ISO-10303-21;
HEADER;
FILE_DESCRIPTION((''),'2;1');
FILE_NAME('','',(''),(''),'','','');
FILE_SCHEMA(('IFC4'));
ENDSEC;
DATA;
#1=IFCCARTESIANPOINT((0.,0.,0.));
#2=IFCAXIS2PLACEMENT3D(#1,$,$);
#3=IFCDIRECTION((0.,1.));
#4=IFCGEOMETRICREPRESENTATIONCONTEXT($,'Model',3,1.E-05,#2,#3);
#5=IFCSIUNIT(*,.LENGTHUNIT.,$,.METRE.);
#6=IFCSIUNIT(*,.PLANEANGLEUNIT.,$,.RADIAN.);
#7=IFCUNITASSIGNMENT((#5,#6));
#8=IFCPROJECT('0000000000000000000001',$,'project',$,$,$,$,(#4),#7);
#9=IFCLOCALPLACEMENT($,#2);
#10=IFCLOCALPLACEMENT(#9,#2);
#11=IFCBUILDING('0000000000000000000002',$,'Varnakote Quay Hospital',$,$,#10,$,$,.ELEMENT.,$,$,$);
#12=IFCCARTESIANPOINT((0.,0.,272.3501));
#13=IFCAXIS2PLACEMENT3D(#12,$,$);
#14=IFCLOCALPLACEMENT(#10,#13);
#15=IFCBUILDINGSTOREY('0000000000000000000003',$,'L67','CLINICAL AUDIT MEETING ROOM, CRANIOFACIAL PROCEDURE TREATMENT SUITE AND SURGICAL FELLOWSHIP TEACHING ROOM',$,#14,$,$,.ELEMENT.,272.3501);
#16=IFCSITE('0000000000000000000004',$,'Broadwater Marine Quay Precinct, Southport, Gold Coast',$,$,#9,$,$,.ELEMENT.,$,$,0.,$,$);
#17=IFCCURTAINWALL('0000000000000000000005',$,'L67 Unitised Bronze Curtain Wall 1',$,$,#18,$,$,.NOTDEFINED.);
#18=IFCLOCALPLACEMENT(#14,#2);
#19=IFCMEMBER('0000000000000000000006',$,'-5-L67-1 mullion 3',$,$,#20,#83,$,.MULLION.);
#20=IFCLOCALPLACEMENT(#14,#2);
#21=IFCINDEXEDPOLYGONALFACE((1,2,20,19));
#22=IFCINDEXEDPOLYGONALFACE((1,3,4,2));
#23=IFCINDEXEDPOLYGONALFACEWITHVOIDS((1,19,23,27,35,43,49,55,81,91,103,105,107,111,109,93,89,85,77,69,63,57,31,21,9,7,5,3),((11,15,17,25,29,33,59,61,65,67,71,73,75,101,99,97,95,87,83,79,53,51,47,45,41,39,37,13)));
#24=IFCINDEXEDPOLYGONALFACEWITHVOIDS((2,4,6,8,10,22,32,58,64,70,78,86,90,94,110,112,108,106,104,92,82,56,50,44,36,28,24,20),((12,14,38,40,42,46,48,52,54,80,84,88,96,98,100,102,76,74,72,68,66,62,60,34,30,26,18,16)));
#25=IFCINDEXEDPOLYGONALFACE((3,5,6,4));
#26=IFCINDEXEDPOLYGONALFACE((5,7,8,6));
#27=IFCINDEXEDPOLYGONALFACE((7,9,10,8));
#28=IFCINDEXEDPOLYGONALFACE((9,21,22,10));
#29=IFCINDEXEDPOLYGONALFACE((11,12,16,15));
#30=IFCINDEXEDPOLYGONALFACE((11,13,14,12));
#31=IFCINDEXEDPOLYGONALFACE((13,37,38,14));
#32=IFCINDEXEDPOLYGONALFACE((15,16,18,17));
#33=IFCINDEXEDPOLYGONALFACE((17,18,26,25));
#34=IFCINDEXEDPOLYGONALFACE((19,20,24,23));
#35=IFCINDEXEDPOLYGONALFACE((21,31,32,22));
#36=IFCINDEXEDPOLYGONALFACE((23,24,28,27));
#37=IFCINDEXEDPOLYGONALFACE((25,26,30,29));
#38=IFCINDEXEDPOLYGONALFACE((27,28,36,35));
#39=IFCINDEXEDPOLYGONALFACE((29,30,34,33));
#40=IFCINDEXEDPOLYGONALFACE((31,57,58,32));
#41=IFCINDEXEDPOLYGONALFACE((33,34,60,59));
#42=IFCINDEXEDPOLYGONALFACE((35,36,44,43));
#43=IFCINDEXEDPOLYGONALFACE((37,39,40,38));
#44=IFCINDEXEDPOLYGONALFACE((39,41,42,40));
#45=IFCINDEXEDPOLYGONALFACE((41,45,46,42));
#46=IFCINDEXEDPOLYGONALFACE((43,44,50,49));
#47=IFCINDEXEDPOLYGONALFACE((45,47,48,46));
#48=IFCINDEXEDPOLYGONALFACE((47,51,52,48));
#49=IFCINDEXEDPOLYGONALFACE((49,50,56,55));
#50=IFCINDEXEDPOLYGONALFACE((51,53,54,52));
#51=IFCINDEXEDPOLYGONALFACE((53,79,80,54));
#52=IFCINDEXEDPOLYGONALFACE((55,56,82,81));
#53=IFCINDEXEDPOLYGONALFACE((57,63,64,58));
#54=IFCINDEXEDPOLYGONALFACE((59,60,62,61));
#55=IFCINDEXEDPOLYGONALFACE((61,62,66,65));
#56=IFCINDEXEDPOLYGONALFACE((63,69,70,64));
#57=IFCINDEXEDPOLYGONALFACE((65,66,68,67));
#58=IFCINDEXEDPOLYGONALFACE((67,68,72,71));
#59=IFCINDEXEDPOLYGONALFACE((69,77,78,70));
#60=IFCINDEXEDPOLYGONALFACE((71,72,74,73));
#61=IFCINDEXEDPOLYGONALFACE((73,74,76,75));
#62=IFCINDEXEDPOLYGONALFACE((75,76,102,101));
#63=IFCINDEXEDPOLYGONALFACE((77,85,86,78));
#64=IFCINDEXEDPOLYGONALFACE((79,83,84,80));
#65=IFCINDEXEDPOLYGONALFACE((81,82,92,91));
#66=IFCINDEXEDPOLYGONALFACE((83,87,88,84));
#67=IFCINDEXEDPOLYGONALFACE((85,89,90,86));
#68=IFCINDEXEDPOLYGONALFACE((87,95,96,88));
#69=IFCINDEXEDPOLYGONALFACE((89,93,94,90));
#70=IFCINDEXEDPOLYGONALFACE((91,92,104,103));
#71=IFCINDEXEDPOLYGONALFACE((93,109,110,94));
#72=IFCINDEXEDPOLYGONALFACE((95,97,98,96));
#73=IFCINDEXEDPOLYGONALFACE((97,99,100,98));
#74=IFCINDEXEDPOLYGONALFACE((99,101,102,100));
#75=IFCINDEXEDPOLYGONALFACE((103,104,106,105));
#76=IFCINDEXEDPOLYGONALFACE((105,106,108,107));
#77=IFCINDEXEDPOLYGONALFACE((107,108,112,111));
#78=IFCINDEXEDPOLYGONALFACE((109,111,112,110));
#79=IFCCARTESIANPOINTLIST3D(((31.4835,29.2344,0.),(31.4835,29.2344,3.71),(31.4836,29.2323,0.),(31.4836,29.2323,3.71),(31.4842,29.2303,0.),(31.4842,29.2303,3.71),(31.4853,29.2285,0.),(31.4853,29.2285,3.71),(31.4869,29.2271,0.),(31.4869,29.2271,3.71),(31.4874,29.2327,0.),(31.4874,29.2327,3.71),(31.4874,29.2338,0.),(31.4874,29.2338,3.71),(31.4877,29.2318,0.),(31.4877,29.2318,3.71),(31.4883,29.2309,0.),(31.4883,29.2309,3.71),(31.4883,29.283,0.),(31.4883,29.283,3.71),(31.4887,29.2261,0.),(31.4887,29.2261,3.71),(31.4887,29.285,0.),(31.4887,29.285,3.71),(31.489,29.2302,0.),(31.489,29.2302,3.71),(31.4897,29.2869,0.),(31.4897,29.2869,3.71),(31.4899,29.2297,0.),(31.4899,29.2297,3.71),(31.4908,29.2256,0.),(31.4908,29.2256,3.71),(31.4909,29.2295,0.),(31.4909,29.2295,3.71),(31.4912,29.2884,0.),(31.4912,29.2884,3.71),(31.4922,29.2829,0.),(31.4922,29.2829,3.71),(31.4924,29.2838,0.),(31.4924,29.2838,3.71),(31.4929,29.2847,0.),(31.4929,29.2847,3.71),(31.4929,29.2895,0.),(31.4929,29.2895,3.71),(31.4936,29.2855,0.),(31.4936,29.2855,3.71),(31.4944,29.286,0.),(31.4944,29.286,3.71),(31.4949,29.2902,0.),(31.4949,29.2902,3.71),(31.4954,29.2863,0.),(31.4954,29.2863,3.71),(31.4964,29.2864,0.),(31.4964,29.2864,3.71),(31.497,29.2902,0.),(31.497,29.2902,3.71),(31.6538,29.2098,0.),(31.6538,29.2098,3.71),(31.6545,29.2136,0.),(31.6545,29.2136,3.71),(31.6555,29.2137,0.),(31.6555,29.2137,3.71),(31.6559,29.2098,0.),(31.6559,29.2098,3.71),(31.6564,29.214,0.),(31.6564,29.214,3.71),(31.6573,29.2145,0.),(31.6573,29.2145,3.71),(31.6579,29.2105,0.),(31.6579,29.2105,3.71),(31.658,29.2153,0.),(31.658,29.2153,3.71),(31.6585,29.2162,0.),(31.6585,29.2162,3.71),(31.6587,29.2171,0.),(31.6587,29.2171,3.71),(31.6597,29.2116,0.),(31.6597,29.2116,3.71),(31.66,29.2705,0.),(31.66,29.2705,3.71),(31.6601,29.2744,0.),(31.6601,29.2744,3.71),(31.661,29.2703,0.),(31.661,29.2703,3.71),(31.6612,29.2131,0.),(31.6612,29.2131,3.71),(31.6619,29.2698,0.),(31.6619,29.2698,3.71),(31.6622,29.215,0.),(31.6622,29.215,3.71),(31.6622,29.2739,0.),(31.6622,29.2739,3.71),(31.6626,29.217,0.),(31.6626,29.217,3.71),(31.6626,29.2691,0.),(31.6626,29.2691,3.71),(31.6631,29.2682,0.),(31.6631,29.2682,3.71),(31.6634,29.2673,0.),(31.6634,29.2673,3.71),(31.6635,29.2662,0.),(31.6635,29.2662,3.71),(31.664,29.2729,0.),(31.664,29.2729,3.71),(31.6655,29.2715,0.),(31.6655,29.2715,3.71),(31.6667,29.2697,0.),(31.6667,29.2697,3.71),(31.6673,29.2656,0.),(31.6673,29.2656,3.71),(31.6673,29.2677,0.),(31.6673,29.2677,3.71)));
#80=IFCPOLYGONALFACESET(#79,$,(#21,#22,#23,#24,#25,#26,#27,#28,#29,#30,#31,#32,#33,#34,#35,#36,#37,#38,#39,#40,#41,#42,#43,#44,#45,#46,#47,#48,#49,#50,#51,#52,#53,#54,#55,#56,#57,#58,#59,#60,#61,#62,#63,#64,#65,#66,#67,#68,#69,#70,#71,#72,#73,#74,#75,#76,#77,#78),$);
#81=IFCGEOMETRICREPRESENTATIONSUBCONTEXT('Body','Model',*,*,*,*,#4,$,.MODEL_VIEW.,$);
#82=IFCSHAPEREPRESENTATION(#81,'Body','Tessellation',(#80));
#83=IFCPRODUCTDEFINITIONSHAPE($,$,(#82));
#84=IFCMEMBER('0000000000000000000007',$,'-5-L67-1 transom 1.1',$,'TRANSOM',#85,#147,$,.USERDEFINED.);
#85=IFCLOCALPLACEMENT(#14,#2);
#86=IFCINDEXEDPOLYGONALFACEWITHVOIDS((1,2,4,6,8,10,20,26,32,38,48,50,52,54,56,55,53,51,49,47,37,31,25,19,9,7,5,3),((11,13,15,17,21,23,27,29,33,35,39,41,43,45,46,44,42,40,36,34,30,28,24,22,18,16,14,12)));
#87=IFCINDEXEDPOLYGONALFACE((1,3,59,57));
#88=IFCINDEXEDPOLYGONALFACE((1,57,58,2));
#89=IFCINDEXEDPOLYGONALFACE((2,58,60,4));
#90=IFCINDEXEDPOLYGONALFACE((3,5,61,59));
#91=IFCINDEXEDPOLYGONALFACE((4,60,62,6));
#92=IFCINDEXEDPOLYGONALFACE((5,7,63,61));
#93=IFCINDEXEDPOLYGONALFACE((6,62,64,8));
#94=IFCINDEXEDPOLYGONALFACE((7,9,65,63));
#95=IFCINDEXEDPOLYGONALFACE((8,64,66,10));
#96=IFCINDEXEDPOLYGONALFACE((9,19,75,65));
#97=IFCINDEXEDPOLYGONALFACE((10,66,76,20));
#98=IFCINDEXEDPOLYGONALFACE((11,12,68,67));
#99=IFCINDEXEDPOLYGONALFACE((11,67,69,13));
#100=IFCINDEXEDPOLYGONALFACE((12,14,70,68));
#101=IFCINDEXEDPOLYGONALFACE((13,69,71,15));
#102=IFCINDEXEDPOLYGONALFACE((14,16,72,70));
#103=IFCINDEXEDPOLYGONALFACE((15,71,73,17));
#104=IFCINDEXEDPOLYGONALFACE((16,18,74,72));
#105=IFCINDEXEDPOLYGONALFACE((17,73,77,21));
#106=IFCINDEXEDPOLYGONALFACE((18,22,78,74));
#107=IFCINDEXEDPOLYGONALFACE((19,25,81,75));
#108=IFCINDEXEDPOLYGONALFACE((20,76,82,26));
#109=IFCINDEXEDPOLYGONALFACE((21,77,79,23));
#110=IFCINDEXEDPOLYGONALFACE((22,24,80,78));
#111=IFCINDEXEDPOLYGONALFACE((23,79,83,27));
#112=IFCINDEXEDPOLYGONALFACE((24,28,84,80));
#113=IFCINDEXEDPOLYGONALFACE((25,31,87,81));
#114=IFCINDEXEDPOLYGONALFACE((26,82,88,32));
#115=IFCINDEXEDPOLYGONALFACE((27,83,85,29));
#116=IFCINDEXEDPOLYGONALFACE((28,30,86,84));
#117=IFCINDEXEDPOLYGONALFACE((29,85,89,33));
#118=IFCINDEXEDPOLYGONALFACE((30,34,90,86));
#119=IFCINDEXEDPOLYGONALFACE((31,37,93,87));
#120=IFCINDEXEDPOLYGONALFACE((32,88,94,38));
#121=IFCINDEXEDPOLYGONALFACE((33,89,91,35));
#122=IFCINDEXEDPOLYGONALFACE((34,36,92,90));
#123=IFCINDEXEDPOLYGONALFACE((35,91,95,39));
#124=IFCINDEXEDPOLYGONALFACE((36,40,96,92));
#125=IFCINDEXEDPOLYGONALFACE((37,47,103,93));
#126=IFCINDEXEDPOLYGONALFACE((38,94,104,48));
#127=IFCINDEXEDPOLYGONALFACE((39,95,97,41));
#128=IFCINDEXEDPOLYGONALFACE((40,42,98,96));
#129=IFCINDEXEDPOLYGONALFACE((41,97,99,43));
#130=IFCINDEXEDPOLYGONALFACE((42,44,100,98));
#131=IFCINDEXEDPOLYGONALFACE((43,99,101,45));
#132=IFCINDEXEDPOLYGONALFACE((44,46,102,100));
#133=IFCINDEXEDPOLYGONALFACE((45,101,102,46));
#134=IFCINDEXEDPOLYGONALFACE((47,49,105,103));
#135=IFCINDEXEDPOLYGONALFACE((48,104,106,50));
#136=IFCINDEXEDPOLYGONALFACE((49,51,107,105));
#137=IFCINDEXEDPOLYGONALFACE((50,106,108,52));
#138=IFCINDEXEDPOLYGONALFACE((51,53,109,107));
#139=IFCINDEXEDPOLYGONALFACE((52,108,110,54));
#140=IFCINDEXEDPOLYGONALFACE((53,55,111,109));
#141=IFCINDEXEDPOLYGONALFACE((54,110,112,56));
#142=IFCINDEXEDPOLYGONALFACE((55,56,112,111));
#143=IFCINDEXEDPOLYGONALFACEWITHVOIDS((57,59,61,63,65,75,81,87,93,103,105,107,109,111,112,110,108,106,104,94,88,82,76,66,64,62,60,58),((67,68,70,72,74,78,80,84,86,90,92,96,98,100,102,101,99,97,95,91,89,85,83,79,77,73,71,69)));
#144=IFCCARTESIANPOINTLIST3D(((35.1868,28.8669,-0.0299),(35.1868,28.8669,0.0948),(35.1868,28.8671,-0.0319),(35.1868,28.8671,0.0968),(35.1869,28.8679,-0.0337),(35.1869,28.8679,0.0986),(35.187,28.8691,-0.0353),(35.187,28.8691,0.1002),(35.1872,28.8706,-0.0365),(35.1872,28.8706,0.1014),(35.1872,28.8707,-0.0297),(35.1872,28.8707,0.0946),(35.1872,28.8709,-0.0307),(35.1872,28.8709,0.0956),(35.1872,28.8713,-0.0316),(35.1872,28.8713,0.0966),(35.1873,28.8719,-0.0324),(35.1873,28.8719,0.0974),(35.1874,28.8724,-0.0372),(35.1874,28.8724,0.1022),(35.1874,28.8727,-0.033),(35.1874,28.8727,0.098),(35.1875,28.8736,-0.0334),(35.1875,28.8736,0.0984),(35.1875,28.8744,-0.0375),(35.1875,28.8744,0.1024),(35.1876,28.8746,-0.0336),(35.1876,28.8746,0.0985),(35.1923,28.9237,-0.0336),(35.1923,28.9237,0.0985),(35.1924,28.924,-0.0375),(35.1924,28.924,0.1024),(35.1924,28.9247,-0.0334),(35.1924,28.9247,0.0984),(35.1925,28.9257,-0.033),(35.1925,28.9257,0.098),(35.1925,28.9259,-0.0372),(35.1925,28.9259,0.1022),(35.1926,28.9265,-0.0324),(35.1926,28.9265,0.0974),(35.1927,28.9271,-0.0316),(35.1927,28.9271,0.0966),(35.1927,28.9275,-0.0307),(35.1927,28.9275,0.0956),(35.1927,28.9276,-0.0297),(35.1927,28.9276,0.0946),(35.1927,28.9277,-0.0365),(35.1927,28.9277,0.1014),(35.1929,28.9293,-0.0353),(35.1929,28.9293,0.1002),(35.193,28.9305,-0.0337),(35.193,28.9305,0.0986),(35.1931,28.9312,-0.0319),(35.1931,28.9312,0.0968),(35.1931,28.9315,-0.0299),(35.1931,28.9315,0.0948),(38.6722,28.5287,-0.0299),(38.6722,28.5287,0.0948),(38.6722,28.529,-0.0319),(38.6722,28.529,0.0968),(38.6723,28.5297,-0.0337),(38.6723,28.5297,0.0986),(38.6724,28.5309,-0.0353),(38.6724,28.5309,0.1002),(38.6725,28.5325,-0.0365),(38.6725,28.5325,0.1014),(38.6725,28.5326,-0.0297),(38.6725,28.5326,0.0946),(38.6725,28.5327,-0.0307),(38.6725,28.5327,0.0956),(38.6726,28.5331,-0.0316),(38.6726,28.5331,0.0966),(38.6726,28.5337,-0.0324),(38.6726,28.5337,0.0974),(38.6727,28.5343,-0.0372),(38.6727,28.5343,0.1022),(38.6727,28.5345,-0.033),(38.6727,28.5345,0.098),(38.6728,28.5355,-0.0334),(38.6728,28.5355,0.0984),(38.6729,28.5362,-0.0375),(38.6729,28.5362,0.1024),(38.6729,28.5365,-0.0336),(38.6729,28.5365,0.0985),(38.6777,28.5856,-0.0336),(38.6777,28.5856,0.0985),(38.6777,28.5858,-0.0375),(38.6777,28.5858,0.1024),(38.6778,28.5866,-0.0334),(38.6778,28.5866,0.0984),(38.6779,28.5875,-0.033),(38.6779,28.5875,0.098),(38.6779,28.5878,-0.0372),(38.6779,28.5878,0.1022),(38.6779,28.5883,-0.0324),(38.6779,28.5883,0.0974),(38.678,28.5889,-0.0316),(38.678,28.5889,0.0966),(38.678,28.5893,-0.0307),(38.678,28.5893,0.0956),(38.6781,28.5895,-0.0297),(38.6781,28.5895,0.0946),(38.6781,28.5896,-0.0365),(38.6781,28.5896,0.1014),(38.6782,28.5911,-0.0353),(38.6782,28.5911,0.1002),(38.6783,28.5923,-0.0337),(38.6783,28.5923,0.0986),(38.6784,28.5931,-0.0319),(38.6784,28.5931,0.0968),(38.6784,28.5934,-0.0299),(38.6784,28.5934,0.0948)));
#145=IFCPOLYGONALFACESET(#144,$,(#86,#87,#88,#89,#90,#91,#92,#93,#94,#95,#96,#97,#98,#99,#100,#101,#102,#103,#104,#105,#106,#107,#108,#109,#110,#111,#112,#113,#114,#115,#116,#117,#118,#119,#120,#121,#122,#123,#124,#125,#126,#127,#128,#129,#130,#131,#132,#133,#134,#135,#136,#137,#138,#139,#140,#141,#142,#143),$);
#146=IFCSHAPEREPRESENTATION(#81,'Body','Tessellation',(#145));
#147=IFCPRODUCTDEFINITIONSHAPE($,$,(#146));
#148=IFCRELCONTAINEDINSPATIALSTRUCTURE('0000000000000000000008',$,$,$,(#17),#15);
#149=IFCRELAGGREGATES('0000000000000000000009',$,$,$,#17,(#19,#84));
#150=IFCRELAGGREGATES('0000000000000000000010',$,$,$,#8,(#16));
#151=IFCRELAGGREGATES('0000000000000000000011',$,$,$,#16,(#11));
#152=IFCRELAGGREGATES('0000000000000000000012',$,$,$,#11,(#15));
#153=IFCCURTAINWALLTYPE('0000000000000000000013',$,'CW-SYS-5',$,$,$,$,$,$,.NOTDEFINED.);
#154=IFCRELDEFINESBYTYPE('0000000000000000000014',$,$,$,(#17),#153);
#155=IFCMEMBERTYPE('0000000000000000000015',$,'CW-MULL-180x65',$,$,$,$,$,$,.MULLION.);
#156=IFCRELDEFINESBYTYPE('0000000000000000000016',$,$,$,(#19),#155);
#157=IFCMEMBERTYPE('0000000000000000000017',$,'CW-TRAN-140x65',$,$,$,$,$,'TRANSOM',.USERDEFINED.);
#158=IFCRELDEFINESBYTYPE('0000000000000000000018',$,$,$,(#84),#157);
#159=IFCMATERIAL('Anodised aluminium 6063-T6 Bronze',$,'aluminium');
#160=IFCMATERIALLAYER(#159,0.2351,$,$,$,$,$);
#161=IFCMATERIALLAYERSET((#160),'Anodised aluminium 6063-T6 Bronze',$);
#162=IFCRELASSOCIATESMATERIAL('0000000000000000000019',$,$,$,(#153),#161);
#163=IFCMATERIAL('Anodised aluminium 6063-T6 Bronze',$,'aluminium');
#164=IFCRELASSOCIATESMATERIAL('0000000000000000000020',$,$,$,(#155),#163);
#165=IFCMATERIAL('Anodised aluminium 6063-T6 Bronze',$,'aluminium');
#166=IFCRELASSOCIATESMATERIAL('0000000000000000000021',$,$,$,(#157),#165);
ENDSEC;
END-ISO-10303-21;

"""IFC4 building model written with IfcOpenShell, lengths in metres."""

from ifc_helpers import new_model, si_unit, direction, frame, origin, origin_2d, place, context, subcontext, project, spatial, hollow_rectangle, extrude, material, layer, layer_set, material_profile, profile_set, type_object, element, aggregate, save


model = new_model("IFC4")

# Units and contexts
model_context = context("Model", 3, precision=1e-05, world=origin(), true_north=direction((0.0, 1.0)))
body_context = subcontext(model_context, "Body", "Model", "MODEL_VIEW")
ifc_project = project(units=[si_unit("LENGTHUNIT", "METRE"), si_unit("PLANEANGLEUNIT", "RADIAN")], contexts=[model_context])

# Site, building, storey
site_placement = place(None, origin())
site = spatial("IfcSite", under=ifc_project, at=site_placement, Name="Broadwater Marine Quay Precinct, Southport, Gold Coast", CompositionType="ELEMENT", RefElevation=0.0)
building_placement = place(site_placement, origin())
building = spatial("IfcBuilding", under=site, at=building_placement, Name="Varnakote Quay Hospital", CompositionType="ELEMENT")
storey_placement = place(building_placement, frame((0.0, 0.0, 272.3501)))
storey = spatial("IfcBuildingStorey", under=building, at=storey_placement, Name="L67", Description="CLINICAL AUDIT MEETING ROOM, CRANIOFACIAL PROCEDURE TREATMENT SUITE AND SURGICAL FELLOWSHIP TEACHING ROOM", CompositionType="ELEMENT", Elevation=272.3501)

# Curtain wall, members
ifc_material_1 = material(Name="Anodised aluminium 6063-T6 Bronze", Category="aluminium")
ifc_layer_1 = layer(ifc_material_1, 0.2351)
ifc_layer_set_1 = layer_set([ifc_layer_1], Name="Anodised aluminium 6063-T6 Bronze")
curtain_wall_type = type_object("IfcCurtainWallType", Name="CW-SYS-5", PredefinedType="NOTDEFINED", material=ifc_layer_set_1)
curtain_wall_placement = place(storey_placement, origin())
curtain_wall = element("IfcCurtainWall", 1, at=curtain_wall_placement, inside=storey, type_object=curtain_wall_type, Name="L67 Unitised Bronze Curtain Wall 1", PredefinedType="NOTDEFINED")
ifc_material_2 = material(Name="Anodised aluminium 6063-T6 Bronze", Category="aluminium")
ifc_material_profile_1 = material_profile(ifc_material_2, hollow_rectangle(XDim=0.0649, YDim=0.1799, WallThickness=0.0039, InnerFilletRadius=0.0039, OuterFilletRadius=0.0081, at=origin_2d()), Name="CW-MULL-180x65")
ifc_profile_set_1 = profile_set([ifc_material_profile_1], Name="Anodised aluminium 6063-T6 Bronze")
member_type_1 = type_object("IfcMemberType", Name="CW-MULL-180x65", PredefinedType="MULLION", material=ifc_profile_set_1)
member_1_placement = place(storey_placement, frame((31.5754, 29.25, 0.0), z_axis=(0.0, 0.0, 1.0), x_axis=(-0.096569, -0.995326, 0.0)))
member_1 = element("IfcMember", 2, at=member_1_placement, type_object=member_type_1, Name="-5-L67-1 mullion 3", PredefinedType="MULLION", context=body_context, shape_type="SweptSolid", body=[
    extrude(hollow_rectangle(XDim=0.0649, YDim=0.1799, WallThickness=0.0039, InnerFilletRadius=0.0039, OuterFilletRadius=0.0081, at=origin_2d()), origin(), (0.0, 0.0, 1.0), 3.71),
])
ifc_material_3 = material(Name="Anodised aluminium 6063-T6 Bronze", Category="aluminium")
ifc_material_profile_2 = material_profile(ifc_material_3, hollow_rectangle(XDim=0.0649, YDim=0.1399, WallThickness=0.0039, InnerFilletRadius=0.0039, OuterFilletRadius=0.0076, at=origin_2d()), Name="CW-TRAN-140x65")
ifc_profile_set_2 = profile_set([ifc_material_profile_2], Name="Anodised aluminium 6063-T6 Bronze")
member_type_2 = type_object("IfcMemberType", Name="CW-TRAN-140x65", ElementType="TRANSOM", PredefinedType="USERDEFINED", material=ifc_profile_set_2)
member_2_placement = place(storey_placement, frame((38.6753, 28.561, 0.0325), z_axis=(-0.995327, 0.096563, 0.0), x_axis=(-0.096563, -0.995327, 0.0)))
member_2 = element("IfcMember", 3, at=member_2_placement, type_object=member_type_2, Name="-5-L67-1 transom 1.1", ObjectType="TRANSOM", PredefinedType="USERDEFINED", context=body_context, shape_type="SweptSolid", body=[
    extrude(hollow_rectangle(XDim=0.0649, YDim=0.1399, WallThickness=0.0039, InnerFilletRadius=0.0039, OuterFilletRadius=0.0076, at=origin_2d()), origin(), (0.0, 0.0, 1.0), 3.5017),
])
aggregate(curtain_wall, [member_1, member_2])

save(model, "model.ifc")
